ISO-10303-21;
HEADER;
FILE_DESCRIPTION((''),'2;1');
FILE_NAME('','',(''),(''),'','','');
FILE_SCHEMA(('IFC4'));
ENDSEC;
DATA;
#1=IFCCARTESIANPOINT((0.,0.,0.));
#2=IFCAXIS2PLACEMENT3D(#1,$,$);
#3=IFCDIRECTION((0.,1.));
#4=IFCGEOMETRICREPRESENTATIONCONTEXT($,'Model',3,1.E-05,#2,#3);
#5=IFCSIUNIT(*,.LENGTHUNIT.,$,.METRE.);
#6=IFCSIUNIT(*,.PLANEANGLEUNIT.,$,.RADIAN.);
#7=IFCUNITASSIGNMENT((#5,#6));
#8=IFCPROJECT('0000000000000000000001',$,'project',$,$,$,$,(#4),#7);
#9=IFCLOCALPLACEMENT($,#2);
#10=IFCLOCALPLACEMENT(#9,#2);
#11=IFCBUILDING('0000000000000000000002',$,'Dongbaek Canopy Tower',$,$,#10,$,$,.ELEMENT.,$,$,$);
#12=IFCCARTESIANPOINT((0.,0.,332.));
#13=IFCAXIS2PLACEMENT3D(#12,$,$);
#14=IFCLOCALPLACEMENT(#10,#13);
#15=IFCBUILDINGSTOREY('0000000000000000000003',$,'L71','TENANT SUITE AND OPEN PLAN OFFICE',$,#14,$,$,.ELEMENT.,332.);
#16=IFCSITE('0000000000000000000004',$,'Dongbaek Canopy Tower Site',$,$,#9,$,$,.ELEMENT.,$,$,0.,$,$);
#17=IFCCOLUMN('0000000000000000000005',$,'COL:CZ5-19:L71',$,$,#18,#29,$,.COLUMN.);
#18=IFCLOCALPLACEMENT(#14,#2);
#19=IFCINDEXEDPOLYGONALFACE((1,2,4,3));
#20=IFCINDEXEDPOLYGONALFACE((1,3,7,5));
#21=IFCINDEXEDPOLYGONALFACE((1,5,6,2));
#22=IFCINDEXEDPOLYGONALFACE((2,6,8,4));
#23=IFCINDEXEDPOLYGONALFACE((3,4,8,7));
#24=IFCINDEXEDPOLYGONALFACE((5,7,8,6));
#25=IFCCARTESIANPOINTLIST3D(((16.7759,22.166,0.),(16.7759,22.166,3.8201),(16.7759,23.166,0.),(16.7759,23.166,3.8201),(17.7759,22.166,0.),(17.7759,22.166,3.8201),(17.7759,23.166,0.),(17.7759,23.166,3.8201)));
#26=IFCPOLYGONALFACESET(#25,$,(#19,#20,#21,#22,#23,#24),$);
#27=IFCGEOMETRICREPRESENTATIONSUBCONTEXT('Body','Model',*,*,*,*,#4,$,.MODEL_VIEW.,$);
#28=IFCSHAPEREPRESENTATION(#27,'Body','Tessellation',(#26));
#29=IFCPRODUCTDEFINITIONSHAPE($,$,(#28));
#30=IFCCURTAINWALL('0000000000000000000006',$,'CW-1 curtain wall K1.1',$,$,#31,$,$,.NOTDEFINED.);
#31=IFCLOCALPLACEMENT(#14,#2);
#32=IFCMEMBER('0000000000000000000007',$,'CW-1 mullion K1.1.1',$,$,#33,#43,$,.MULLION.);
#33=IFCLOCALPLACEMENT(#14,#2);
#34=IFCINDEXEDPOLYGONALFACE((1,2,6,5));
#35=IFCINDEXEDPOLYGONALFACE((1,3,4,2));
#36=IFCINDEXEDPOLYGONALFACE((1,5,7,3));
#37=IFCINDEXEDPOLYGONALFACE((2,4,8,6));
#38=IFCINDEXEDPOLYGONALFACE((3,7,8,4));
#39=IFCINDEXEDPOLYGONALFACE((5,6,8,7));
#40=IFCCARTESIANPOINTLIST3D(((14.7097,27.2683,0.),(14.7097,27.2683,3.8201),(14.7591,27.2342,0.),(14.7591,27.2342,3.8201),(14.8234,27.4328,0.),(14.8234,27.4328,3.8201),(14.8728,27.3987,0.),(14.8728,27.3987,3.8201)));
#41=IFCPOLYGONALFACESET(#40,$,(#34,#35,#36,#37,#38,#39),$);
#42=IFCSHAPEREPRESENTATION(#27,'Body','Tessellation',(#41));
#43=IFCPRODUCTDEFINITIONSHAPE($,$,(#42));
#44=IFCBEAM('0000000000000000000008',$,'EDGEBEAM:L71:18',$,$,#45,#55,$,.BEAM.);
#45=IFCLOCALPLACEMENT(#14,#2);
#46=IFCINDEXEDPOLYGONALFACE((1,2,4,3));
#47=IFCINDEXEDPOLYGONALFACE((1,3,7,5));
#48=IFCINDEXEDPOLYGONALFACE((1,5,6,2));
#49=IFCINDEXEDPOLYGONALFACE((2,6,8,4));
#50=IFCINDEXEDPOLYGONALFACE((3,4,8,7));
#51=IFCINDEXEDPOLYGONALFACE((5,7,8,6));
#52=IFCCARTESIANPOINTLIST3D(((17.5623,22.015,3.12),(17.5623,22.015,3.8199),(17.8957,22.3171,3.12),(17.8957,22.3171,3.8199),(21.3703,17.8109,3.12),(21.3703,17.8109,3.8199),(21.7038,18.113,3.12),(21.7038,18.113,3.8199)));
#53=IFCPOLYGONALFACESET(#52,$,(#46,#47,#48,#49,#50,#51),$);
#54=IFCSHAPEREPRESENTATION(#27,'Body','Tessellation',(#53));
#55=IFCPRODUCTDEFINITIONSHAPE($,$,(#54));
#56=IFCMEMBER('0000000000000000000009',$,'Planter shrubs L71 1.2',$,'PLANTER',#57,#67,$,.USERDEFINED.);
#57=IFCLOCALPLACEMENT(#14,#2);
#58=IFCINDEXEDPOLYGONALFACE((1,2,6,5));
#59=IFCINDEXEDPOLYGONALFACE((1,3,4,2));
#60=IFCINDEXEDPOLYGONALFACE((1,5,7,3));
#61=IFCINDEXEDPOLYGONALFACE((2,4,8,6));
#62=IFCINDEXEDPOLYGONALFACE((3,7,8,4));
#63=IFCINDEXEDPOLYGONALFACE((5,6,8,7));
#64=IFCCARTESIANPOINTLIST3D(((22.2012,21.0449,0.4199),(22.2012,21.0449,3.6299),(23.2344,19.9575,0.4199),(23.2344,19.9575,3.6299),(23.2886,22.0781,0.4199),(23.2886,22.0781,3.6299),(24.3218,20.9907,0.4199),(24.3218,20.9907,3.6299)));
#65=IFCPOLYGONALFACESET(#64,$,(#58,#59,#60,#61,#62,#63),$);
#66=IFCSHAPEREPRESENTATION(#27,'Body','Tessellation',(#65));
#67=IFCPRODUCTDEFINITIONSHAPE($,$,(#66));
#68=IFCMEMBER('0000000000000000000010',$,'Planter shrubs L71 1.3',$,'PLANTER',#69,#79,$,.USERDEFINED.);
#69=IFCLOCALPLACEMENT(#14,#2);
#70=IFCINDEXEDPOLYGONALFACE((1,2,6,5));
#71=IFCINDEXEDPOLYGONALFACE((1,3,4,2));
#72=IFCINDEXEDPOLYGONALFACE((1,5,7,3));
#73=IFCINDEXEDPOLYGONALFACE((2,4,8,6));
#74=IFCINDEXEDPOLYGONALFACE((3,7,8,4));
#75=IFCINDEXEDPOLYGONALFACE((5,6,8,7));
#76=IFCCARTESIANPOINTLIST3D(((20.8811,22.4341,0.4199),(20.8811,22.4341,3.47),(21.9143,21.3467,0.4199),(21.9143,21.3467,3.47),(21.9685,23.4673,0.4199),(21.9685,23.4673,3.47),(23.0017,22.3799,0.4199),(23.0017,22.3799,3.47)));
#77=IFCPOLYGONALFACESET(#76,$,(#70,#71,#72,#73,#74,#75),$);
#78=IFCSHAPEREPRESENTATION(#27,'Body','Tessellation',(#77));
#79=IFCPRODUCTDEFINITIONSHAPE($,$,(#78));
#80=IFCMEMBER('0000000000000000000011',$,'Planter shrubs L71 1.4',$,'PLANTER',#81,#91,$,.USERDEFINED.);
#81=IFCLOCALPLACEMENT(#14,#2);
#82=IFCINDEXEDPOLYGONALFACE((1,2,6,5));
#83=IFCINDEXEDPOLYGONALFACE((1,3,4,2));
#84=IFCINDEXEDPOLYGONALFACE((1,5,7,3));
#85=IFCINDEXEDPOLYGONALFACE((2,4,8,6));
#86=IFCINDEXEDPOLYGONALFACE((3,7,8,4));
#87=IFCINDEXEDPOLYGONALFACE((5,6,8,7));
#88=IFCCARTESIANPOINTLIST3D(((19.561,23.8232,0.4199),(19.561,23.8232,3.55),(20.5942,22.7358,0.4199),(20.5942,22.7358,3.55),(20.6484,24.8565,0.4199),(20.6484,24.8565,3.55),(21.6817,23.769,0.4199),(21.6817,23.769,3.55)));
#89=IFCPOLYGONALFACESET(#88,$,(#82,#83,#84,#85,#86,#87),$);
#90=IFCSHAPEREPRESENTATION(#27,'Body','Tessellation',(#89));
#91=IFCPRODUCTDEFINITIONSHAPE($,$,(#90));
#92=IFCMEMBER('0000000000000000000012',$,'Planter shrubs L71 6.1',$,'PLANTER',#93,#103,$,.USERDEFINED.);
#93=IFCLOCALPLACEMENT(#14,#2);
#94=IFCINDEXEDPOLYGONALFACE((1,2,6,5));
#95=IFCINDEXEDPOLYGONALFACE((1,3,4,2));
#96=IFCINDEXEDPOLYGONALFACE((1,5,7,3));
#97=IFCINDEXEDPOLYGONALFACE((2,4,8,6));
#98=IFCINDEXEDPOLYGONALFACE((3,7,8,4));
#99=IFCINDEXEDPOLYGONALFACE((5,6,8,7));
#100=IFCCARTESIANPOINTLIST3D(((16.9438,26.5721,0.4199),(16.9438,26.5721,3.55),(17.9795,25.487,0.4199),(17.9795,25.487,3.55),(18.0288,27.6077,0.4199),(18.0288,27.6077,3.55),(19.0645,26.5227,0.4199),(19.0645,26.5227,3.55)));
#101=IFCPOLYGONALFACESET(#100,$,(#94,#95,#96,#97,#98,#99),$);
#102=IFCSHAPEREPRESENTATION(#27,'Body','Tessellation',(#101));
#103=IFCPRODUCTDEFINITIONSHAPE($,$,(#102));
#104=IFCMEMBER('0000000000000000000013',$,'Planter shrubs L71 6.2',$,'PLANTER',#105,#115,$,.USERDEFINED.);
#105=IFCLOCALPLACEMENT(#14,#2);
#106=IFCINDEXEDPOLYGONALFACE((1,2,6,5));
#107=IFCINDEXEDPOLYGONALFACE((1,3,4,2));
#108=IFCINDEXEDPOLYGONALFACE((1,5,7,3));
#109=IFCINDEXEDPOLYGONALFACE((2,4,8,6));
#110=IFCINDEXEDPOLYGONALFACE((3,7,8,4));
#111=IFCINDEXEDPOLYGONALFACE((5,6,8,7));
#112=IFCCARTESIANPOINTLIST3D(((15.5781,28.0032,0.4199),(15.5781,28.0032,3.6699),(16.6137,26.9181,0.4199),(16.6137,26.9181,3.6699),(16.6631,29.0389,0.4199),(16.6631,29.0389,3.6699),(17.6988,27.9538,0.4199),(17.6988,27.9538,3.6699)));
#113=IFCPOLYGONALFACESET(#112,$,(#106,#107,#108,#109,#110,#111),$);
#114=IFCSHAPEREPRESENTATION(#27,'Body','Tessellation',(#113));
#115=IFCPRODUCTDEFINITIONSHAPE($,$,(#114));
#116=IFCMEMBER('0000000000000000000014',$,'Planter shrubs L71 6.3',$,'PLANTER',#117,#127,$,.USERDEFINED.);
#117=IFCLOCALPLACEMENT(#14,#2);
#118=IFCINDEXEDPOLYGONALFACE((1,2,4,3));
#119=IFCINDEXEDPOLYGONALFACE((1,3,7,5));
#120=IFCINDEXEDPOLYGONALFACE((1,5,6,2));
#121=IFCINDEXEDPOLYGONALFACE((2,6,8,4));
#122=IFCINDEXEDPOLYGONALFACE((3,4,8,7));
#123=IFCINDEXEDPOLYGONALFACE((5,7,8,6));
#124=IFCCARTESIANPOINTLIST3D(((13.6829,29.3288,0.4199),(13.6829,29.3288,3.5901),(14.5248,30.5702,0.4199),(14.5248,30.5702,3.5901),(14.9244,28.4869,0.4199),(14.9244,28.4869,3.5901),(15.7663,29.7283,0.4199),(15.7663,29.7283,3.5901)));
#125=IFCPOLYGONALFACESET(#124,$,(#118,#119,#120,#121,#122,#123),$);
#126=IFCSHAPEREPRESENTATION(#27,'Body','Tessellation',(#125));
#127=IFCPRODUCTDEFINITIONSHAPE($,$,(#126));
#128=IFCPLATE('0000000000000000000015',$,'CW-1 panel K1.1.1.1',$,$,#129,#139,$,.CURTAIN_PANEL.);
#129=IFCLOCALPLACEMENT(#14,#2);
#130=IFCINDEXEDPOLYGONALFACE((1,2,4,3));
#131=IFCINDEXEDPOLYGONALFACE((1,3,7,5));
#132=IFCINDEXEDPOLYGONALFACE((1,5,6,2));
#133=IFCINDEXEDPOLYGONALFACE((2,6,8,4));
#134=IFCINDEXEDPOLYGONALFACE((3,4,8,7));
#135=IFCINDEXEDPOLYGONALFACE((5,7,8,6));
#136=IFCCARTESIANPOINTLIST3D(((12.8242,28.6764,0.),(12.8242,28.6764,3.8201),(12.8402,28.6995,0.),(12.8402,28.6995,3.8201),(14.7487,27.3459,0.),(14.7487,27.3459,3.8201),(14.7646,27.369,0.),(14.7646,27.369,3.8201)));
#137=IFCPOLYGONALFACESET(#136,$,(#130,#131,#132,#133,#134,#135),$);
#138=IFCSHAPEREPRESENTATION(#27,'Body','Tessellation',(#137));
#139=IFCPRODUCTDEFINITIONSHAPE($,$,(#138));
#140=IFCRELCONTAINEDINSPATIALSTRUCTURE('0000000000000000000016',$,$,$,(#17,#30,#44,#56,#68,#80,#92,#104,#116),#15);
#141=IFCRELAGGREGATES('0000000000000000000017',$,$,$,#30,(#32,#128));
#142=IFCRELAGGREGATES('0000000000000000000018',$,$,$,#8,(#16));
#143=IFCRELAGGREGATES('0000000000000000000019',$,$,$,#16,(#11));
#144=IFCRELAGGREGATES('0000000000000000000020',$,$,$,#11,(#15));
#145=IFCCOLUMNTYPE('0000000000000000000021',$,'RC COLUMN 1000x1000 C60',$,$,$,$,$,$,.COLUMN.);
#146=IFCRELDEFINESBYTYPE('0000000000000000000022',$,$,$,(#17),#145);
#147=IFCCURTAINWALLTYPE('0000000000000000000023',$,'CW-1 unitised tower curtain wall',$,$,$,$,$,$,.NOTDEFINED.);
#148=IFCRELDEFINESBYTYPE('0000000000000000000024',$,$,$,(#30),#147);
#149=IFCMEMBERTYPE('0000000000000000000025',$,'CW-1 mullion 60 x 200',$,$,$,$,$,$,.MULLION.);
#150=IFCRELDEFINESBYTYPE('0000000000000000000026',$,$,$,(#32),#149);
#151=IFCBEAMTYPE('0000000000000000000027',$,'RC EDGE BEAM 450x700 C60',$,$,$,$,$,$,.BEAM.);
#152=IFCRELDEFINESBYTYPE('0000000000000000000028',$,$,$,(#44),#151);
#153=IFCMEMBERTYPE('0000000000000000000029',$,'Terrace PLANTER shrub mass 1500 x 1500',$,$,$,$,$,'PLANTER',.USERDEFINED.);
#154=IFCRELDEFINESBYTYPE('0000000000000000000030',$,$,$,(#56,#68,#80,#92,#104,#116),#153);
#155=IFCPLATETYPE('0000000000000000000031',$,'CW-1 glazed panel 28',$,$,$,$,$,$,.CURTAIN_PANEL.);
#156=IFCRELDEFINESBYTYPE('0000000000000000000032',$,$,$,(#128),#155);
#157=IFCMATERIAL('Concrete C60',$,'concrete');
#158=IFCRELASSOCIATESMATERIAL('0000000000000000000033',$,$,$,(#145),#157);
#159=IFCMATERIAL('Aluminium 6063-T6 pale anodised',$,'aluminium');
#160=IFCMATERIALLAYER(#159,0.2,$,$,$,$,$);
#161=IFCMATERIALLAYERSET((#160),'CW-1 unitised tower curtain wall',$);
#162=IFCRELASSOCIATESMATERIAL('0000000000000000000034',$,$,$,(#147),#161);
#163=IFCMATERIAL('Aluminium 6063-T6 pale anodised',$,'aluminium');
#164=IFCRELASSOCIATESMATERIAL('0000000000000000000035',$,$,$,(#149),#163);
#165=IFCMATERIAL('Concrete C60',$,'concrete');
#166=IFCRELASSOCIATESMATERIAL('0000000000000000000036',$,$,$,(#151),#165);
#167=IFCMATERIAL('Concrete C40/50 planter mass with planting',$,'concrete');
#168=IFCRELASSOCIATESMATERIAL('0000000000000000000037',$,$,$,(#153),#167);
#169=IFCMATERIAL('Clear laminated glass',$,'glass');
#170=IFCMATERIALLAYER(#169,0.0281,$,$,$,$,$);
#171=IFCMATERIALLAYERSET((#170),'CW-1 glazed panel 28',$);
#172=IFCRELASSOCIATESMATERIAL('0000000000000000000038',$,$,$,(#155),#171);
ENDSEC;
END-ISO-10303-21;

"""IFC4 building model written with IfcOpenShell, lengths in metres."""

from ifc_helpers import new_model, si_unit, direction, frame, origin, origin_2d, place, context, subcontext, project, spatial, rectangle, extrude, material, layer, layer_set, material_profile, profile_set, type_object, element, aggregate, save


model = new_model("IFC4")

# Units and contexts
model_context = context("Model", 3, precision=1e-05, world=origin(), true_north=direction((0.0, 1.0)))
body_context = subcontext(model_context, "Body", "Model", "MODEL_VIEW")
ifc_project = project(units=[si_unit("LENGTHUNIT", "METRE"), si_unit("PLANEANGLEUNIT", "RADIAN")], contexts=[model_context])

# Site, building, storey
site_placement = place(None, origin())
site = spatial("IfcSite", under=ifc_project, at=site_placement, Name="Dongbaek Canopy Tower Site", CompositionType="ELEMENT", RefElevation=0.0)
building_placement = place(site_placement, origin())
building = spatial("IfcBuilding", under=site, at=building_placement, Name="Dongbaek Canopy Tower", CompositionType="ELEMENT")
storey_placement = place(building_placement, frame((0.0, 0.0, 332.0)))
storey = spatial("IfcBuildingStorey", under=building, at=storey_placement, Name="L71", Description="TENANT SUITE AND OPEN PLAN OFFICE", CompositionType="ELEMENT", Elevation=332.0)

# Column
ifc_material_1 = material(Name="Concrete C60", Category="concrete")
ifc_material_profile_1 = material_profile(ifc_material_1, rectangle(XDim=1.0, YDim=1.0, at=origin_2d()), Name="RC COLUMN 1000x1000 C60")
ifc_profile_set_1 = profile_set([ifc_material_profile_1], Name="Concrete C60")
column_type = type_object("IfcColumnType", Name="RC COLUMN 1000x1000 C60", PredefinedType="COLUMN", material=ifc_profile_set_1)
column_placement = place(storey_placement, frame((17.2759, 22.666, 0.0), z_axis=(0.0, 0.0, 1.0), x_axis=(1.0, 0.0, 0.0)))
element("IfcColumn", 1, at=column_placement, inside=storey, type_object=column_type, Name="COL:CZ5-19:L71", PredefinedType="COLUMN", context=body_context, shape_type="SweptSolid", body=[
    extrude(rectangle(XDim=1.0, YDim=1.0, at=origin_2d()), origin(), (0.0, 0.0, 1.0), 3.8201),
])

# Curtain wall, member
ifc_material_2 = material(Name="Aluminium 6063-T6 pale anodised", Category="aluminium")
ifc_layer_1 = layer(ifc_material_2, 0.2)
ifc_layer_set_1 = layer_set([ifc_layer_1], Name="CW-1 unitised tower curtain wall")
curtain_wall_type = type_object("IfcCurtainWallType", Name="CW-1 unitised tower curtain wall", PredefinedType="NOTDEFINED", material=ifc_layer_set_1)
curtain_wall_placement = place(storey_placement, origin())
curtain_wall = element("IfcCurtainWall", 2, at=curtain_wall_placement, inside=storey, type_object=curtain_wall_type, Name="CW-1 curtain wall K1.1", PredefinedType="NOTDEFINED")
ifc_material_3 = material(Name="Aluminium 6063-T6 pale anodised", Category="aluminium")
ifc_material_profile_2 = material_profile(ifc_material_3, rectangle(XDim=0.2, YDim=0.0601, at=origin_2d()), Name="CW-1 mullion 60 x 200")
ifc_profile_set_2 = profile_set([ifc_material_profile_2], Name="Aluminium 6063-T6 pale anodised")
member_type_1 = type_object("IfcMemberType", Name="CW-1 mullion 60 x 200", PredefinedType="MULLION", material=ifc_profile_set_2)
member_1_placement = place(storey_placement, frame((14.7913, 27.3335, 0.0), z_axis=(0.0, 0.0, 1.0), x_axis=(0.568695, 0.822548, 0.0)))
member_1 = element("IfcMember", 3, at=member_1_placement, type_object=member_type_1, Name="CW-1 mullion K1.1.1", PredefinedType="MULLION", context=body_context, shape_type="SweptSolid", body=[
    extrude(rectangle(XDim=0.2, YDim=0.0601, at=origin_2d()), origin(), (0.0, 0.0, 1.0), 3.8201),
])

# Beam
ifc_material_4 = material(Name="Concrete C60", Category="concrete")
ifc_material_profile_3 = material_profile(ifc_material_4, rectangle(XDim=0.45, YDim=0.7, at=origin_2d()), Name="RC EDGE BEAM 450x700 C60")
ifc_profile_set_3 = profile_set([ifc_material_profile_3], Name="Concrete C60")
beam_type = type_object("IfcBeamType", Name="RC EDGE BEAM 450x700 C60", PredefinedType="BEAM", material=ifc_profile_set_3)
beam_placement = place(storey_placement, frame((17.729, 22.166, 3.47), z_axis=(0.671339, -0.74115, 0.0), x_axis=(0.74115, 0.671339, 0.0)))
element("IfcBeam", 4, at=beam_placement, inside=storey, type_object=beam_type, Name="EDGEBEAM:L71:18", PredefinedType="BEAM", context=body_context, shape_type="SweptSolid", body=[
    extrude(rectangle(XDim=0.45, YDim=0.7, at=origin_2d()), origin(), (0.0, 0.0, 1.0), 5.6724),
])

# Members
ifc_material_5 = material(Name="Concrete C40/50 planter mass with planting", Category="concrete")
ifc_material_profile_4 = material_profile(ifc_material_5, rectangle(XDim=1.5, YDim=1.5, at=origin_2d()), Name="Terrace PLANTER shrub mass 1500 x 1500")
ifc_profile_set_4 = profile_set([ifc_material_profile_4], Name="Concrete C40/50 planter mass with planting")
member_type_2 = type_object("IfcMemberType", Name="Terrace PLANTER shrub mass 1500 x 1500", ElementType="PLANTER", PredefinedType="USERDEFINED", material=ifc_profile_set_4)
member_2_placement = place(storey_placement, frame((23.2615, 21.0178, 0.4199), z_axis=(0.0, 0.0, 1.0), x_axis=(0.72494, 0.688812, 0.0)))
element("IfcMember", 5, at=member_2_placement, inside=storey, type_object=member_type_2, Name="Planter shrubs L71 1.2", ObjectType="PLANTER", PredefinedType="USERDEFINED", context=body_context, shape_type="SweptSolid", body=[
    extrude(rectangle(XDim=1.5, YDim=1.5, at=origin_2d()), origin(), (0.0, 0.0, 1.0), 3.21),
])
member_3_placement = place(storey_placement, frame((21.9414, 22.407, 0.4199), z_axis=(0.0, 0.0, 1.0), x_axis=(0.72494, 0.688812, 0.0)))
element("IfcMember", 6, at=member_3_placement, inside=storey, type_object=member_type_2, Name="Planter shrubs L71 1.3", ObjectType="PLANTER", PredefinedType="USERDEFINED", context=body_context, shape_type="SweptSolid", body=[
    extrude(rectangle(XDim=1.5, YDim=1.5, at=origin_2d()), origin(), (0.0, 0.0, 1.0), 3.05),
])
for number, where, z_axis, x_axis, name in (
    (7, (20.6213, 23.7961, 0.4199), (0.0, 0.0, 1.0), (0.72494, 0.688812, 0.0), "Planter shrubs L71 1.4"),
    (8, (18.0042, 26.5474, 0.4199), (0.0, 0.0, 1.0), (0.723378, 0.690452, 0.0), "Planter shrubs L71 6.1"),
):
    element("IfcMember", number, at=place(storey_placement, frame(where, z_axis=z_axis, x_axis=x_axis)), inside=storey, type_object=member_type_2, Name=name, ObjectType="PLANTER", PredefinedType="USERDEFINED", context=body_context, shape_type="SweptSolid", body=[
        extrude(rectangle(XDim=1.5, YDim=1.5, at=origin_2d()), origin(), (0.0, 0.0, 1.0), 3.1301),
    ])
member_4_placement = place(storey_placement, frame((16.6384, 27.9785, 0.4199), z_axis=(0.0, 0.0, 1.0), x_axis=(0.723378, 0.690452, 0.0)))
element("IfcMember", 9, at=member_4_placement, inside=storey, type_object=member_type_2, Name="Planter shrubs L71 6.2", ObjectType="PLANTER", PredefinedType="USERDEFINED", context=body_context, shape_type="SweptSolid", body=[
    extrude(rectangle(XDim=1.5, YDim=1.5, at=origin_2d()), origin(), (0.0, 0.0, 1.0), 3.25),
])
member_5_placement = place(storey_placement, frame((14.7246, 29.5286, 0.4199), z_axis=(0.0, 0.0, 1.0), x_axis=(0.561266, 0.827636, 0.0)))
element("IfcMember", 10, at=member_5_placement, inside=storey, type_object=member_type_2, Name="Planter shrubs L71 6.3", ObjectType="PLANTER", PredefinedType="USERDEFINED", context=body_context, shape_type="SweptSolid", body=[
    extrude(rectangle(XDim=1.5, YDim=1.5, at=origin_2d()), origin(), (0.0, 0.0, 1.0), 3.1702),
])

# Plate
ifc_material_6 = material(Name="Clear laminated glass", Category="glass")
ifc_layer_2 = layer(ifc_material_6, 0.0281)
ifc_layer_set_2 = layer_set([ifc_layer_2], Name="CW-1 glazed panel 28")
plate_type = type_object("IfcPlateType", Name="CW-1 glazed panel 28", PredefinedType="CURTAIN_PANEL", material=ifc_layer_set_2)
plate_placement = place(storey_placement, frame((13.7944, 28.0227, 0.0), z_axis=(0.0, 0.0, 1.0), x_axis=(-0.822548, 0.568695, 0.0)))
plate = element("IfcPlate", 11, at=plate_placement, type_object=plate_type, Name="CW-1 panel K1.1.1.1", PredefinedType="CURTAIN_PANEL", context=body_context, shape_type="SweptSolid", body=[
    extrude(rectangle(XDim=2.3396, YDim=0.0281, at=origin_2d()), origin(), (0.0, 0.0, 1.0), 3.8201),
])
aggregate(curtain_wall, [member_1, plate])

save(model, "model.ifc")
